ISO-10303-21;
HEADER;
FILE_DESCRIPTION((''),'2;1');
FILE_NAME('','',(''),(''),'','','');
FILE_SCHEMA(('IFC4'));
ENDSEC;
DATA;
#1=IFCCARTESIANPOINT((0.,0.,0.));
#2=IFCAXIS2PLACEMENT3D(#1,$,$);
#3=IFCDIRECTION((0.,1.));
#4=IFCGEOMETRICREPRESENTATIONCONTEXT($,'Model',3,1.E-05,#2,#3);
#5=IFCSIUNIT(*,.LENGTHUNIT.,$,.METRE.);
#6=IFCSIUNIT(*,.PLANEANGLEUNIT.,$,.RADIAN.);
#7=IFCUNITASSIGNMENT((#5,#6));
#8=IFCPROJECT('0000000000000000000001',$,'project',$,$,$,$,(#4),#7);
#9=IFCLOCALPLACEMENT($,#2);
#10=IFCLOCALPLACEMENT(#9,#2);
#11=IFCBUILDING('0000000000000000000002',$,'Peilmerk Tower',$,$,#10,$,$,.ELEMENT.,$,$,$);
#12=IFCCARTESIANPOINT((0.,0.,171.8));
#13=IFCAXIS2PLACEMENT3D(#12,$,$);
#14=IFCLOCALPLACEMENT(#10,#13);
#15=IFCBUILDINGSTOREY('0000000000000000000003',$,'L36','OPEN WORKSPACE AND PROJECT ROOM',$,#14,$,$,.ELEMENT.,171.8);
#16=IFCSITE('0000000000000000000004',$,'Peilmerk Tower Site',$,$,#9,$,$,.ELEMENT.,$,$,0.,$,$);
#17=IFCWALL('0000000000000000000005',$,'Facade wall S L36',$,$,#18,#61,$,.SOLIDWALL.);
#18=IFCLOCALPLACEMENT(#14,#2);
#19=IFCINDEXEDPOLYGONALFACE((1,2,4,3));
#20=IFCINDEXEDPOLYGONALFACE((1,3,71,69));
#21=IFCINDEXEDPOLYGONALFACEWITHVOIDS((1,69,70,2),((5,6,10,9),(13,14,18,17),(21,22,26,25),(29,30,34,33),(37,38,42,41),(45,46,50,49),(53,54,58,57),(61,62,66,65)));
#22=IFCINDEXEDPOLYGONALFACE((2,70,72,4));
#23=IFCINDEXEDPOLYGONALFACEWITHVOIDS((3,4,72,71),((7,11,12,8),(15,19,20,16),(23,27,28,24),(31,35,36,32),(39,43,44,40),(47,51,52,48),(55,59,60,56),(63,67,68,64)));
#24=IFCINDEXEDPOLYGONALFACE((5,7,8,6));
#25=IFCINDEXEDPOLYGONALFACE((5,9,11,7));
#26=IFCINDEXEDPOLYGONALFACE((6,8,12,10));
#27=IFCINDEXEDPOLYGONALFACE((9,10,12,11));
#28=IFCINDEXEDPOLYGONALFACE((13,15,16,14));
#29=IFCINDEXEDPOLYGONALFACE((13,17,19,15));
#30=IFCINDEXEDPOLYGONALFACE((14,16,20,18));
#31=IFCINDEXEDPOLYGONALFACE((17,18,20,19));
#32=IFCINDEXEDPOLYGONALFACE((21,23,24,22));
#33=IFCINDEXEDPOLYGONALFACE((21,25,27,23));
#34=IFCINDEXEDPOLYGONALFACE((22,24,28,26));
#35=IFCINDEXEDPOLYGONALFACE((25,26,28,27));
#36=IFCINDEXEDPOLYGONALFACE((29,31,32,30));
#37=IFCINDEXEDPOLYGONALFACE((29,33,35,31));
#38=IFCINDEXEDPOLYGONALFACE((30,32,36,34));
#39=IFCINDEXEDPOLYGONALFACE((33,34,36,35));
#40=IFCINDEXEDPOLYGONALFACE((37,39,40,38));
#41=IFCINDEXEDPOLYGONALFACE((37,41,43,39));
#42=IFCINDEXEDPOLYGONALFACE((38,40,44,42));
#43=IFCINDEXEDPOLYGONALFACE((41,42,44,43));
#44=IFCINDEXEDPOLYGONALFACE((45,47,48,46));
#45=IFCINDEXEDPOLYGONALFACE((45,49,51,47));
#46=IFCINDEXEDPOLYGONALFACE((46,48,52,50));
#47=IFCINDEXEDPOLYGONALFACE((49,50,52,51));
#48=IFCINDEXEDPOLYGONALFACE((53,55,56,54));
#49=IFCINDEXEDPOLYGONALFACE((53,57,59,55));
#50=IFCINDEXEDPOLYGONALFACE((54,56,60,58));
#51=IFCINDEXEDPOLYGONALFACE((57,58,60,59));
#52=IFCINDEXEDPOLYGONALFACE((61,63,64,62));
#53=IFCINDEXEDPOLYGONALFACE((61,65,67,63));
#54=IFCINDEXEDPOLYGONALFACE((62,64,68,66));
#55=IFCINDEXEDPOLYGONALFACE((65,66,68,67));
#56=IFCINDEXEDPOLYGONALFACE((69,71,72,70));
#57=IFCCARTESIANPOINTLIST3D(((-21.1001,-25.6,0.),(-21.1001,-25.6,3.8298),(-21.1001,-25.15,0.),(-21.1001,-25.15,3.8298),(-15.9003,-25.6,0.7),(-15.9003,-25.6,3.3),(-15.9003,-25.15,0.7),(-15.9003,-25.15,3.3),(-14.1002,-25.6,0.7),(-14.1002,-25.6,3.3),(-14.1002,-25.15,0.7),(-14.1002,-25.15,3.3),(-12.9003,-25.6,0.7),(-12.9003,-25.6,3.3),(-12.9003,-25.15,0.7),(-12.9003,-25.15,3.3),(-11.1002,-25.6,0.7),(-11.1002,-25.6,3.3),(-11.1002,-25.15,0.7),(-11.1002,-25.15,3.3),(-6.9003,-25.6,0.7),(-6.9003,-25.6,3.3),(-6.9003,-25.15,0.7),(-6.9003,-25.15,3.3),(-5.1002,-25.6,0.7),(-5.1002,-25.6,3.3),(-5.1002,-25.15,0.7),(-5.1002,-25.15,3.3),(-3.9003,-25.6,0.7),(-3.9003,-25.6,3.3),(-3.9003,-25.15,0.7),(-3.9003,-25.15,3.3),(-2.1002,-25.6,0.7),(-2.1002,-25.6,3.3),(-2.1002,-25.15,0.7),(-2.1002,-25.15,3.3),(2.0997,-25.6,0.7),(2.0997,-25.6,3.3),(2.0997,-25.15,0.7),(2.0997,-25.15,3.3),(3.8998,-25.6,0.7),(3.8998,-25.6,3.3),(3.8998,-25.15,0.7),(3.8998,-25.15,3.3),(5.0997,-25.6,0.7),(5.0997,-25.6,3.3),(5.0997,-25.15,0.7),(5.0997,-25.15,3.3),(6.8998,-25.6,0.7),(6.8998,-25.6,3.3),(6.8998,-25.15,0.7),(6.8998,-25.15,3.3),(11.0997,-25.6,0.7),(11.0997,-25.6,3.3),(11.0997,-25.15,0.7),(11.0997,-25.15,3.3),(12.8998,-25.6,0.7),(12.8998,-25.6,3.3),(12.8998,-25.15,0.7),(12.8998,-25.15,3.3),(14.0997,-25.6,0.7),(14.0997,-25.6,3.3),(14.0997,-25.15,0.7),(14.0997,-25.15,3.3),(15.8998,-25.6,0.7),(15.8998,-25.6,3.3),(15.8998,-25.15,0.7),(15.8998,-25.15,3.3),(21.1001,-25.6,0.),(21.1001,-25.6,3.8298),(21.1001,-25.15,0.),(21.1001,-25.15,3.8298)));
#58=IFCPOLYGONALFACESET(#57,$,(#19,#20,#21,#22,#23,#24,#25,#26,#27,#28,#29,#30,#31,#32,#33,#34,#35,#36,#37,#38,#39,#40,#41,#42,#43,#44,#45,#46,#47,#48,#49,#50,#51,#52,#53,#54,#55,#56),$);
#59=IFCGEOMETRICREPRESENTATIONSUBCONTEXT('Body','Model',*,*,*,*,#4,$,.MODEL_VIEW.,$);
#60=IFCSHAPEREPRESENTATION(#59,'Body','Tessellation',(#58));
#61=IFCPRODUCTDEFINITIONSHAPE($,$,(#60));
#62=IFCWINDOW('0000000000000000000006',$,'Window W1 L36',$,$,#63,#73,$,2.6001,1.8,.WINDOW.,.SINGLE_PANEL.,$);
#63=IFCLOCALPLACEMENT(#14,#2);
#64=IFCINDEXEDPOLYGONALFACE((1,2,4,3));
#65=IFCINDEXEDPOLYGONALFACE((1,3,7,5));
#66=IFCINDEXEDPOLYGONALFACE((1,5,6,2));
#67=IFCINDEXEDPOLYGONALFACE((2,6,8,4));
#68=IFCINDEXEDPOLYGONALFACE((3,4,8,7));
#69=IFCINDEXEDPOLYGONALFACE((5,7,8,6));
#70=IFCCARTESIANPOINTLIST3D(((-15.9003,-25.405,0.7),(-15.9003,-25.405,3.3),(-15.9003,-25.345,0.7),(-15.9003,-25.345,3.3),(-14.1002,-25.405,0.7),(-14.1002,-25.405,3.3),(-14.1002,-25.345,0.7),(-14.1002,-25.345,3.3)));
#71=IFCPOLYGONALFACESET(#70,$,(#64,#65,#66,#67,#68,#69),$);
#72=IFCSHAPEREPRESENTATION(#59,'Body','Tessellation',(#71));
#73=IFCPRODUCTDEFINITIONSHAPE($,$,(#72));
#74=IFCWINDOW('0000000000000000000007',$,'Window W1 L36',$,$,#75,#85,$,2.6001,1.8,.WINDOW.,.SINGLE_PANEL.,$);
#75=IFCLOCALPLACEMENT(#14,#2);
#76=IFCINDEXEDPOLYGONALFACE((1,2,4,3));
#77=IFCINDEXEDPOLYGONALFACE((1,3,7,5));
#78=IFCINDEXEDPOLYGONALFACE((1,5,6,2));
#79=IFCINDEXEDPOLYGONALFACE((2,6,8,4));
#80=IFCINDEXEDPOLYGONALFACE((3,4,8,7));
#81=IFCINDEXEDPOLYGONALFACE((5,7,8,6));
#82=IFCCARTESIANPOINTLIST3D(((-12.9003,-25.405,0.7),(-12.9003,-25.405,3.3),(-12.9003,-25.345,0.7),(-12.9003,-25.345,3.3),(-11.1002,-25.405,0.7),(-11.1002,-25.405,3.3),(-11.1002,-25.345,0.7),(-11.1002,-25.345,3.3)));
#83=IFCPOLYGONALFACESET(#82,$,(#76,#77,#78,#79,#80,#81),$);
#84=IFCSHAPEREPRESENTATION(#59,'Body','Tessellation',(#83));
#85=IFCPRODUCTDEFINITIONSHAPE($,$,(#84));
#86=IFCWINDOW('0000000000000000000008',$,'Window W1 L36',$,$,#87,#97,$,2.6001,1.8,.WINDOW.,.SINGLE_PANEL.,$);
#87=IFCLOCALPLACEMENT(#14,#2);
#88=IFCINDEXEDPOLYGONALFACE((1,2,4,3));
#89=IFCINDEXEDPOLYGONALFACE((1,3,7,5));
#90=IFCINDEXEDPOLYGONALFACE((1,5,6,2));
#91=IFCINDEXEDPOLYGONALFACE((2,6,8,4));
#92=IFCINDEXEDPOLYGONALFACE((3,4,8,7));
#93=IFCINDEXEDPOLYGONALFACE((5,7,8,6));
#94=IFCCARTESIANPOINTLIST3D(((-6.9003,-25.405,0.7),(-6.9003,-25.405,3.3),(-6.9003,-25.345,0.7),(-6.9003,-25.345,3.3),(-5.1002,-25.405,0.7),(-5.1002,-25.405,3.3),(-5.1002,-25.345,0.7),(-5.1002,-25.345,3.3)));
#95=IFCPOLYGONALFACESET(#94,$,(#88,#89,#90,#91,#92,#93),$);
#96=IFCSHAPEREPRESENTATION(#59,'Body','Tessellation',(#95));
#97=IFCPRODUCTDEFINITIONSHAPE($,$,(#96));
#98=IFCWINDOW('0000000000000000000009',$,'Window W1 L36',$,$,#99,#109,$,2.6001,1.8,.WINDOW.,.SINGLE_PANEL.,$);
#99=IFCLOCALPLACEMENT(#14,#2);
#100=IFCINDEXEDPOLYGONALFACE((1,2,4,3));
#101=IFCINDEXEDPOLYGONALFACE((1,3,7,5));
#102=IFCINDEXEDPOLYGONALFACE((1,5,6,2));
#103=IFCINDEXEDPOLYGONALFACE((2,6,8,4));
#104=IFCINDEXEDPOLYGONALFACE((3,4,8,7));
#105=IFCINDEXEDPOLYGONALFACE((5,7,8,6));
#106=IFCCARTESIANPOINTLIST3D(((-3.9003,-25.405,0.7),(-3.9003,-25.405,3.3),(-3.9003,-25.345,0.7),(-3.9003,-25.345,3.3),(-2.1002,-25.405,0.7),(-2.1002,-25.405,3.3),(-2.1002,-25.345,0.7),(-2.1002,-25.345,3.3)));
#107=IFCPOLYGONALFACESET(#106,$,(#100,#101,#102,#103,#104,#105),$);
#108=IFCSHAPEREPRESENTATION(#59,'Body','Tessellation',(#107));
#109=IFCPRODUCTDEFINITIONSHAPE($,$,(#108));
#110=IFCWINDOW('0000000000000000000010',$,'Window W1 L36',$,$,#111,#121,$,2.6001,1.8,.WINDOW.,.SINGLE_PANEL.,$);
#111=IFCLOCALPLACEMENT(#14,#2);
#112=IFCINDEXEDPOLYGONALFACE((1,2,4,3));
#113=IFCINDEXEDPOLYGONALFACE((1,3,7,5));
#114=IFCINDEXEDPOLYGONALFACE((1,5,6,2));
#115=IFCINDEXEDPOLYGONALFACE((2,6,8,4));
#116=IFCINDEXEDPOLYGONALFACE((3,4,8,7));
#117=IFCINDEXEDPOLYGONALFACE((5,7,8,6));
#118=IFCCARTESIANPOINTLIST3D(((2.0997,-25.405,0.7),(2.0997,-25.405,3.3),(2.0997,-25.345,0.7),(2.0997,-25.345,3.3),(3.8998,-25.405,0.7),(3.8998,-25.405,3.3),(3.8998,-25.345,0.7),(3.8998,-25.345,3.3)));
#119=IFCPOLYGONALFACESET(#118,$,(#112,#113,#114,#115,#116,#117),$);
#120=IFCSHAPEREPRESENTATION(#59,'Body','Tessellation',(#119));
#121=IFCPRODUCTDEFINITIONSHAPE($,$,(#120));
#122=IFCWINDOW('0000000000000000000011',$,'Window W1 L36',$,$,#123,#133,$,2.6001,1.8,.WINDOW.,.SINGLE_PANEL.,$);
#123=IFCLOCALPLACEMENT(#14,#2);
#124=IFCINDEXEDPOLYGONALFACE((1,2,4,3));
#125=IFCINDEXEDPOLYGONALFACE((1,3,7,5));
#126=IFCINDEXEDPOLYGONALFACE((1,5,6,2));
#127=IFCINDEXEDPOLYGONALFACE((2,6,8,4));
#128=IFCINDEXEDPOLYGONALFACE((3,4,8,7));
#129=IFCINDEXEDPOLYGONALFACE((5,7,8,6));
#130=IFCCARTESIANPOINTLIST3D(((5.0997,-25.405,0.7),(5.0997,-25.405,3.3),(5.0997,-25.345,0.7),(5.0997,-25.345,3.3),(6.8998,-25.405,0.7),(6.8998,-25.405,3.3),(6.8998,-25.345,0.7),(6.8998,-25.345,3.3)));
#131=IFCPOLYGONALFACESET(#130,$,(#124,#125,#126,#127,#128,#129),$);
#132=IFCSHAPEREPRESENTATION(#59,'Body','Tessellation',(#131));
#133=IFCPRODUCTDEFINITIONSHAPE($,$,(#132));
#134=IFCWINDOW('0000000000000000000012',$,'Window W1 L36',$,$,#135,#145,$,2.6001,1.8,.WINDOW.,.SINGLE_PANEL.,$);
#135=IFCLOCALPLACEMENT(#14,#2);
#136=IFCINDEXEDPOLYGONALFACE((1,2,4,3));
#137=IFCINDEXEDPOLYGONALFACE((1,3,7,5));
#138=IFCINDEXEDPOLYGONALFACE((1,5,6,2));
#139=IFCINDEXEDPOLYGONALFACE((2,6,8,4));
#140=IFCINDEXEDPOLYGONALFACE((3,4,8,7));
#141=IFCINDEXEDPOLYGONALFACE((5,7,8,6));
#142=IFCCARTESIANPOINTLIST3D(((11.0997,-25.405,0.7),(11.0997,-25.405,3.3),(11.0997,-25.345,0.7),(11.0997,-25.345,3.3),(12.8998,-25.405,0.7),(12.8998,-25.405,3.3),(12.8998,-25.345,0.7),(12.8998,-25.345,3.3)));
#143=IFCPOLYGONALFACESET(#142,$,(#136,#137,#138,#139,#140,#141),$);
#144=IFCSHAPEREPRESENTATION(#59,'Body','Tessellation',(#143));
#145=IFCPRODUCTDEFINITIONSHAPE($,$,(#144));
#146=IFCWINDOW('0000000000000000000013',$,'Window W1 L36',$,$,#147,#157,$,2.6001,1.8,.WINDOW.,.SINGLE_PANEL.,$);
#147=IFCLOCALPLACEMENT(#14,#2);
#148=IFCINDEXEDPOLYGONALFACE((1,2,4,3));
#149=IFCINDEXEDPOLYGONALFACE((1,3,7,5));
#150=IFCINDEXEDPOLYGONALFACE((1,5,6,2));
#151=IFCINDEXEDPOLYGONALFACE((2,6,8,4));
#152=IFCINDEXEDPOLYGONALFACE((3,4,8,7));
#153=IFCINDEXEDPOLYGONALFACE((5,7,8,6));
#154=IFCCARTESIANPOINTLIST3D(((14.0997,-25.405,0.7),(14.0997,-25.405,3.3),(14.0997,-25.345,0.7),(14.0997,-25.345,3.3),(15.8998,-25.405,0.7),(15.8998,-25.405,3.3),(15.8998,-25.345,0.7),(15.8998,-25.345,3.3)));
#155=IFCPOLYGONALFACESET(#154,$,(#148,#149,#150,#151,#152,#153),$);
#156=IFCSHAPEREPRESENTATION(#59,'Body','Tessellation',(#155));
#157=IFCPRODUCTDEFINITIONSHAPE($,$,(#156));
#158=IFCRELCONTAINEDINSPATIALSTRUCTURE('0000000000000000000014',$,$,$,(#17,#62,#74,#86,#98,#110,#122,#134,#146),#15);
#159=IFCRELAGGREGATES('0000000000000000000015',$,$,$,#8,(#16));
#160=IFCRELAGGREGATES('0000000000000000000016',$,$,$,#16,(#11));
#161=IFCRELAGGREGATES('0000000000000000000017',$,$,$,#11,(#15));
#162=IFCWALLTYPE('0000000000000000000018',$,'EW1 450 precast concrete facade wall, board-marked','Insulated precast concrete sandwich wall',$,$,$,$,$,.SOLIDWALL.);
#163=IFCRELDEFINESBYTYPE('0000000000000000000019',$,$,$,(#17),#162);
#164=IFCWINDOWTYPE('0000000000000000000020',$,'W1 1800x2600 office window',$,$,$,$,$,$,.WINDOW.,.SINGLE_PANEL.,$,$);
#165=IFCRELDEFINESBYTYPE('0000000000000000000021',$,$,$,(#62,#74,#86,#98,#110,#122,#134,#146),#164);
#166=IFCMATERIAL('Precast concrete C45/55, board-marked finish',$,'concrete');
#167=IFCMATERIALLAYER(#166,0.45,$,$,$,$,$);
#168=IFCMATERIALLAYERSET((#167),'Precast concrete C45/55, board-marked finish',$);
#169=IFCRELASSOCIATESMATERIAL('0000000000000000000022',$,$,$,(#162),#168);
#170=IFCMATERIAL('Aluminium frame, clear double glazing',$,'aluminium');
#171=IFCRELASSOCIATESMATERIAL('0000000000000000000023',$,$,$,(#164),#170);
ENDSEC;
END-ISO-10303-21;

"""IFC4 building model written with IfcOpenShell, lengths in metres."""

from ifc_helpers import new_model, si_unit, direction, frame, frame_2d, origin, place, context, subcontext, project, spatial, rectangle, extrude, material, layer, layer_set, type_object, element, fill, save


model = new_model("IFC4")

# Units and contexts
model_context = context("Model", 3, precision=1e-05, world=origin(), true_north=direction((0.0, 1.0)))
body_context = subcontext(model_context, "Body", "Model", "MODEL_VIEW")
ifc_project = project(units=[si_unit("LENGTHUNIT", "METRE"), si_unit("PLANEANGLEUNIT", "RADIAN")], contexts=[model_context])

# Site, building, storey
site_placement = place(None, origin())
site = spatial("IfcSite", under=ifc_project, at=site_placement, Name="Peilmerk Tower Site", CompositionType="ELEMENT", RefElevation=0.0)
building_placement = place(site_placement, origin())
building = spatial("IfcBuilding", under=site, at=building_placement, Name="Peilmerk Tower", CompositionType="ELEMENT")
storey_placement = place(building_placement, frame((0.0, 0.0, 171.8)))
storey = spatial("IfcBuildingStorey", under=building, at=storey_placement, Name="L36", Description="OPEN WORKSPACE AND PROJECT ROOM", CompositionType="ELEMENT", Elevation=171.8)

# Wall, openings, windows
ifc_material_1 = material(Name="Precast concrete C45/55, board-marked finish", Category="concrete")
ifc_layer_1 = layer(ifc_material_1, 0.45)
ifc_layer_set_1 = layer_set([ifc_layer_1], Name="Precast concrete C45/55, board-marked finish")
wall_type = type_object("IfcWallType", Name="EW1 450 precast concrete facade wall, board-marked", Description="Insulated precast concrete sandwich wall", PredefinedType="SOLIDWALL", material=ifc_layer_set_1)
wall_placement = place(storey_placement, frame((-21.1001, -25.375, 0.0), z_axis=(0.0, 0.0, 1.0), x_axis=(1.0, 0.0, 0.0)))
wall = element("IfcWall", 1, at=wall_placement, inside=storey, type_object=wall_type, Name="Facade wall S L36", PredefinedType="SOLIDWALL", context=body_context, shape_type="SweptSolid", body=[
    extrude(rectangle(XDim=42.2002, YDim=0.45, at=frame_2d((21.1001, 0.0))), origin(), (0.0, 0.0, 1.0), 3.8298),
])
opening_1_placement = place(wall_placement, frame((5.2, 0.0, 0.7)))
opening_1 = element("IfcOpeningElement", 2, at=opening_1_placement, cuts=wall, PredefinedType="OPENING", context=body_context, shape_type="SweptSolid", body=[
    extrude(rectangle(XDim=1.8, YDim=2.6001, at=frame_2d((0.8999, 1.3))), frame((0.0, 0.2349, 0.0), z_axis=(0.0, -1.0, 0.0), x_axis=(1.0, 0.0, 0.0)), (0.0, 0.0, 1.0), 0.47),
])
opening_2_placement = place(wall_placement, frame((8.2, 0.0, 0.7)))
opening_2 = element("IfcOpeningElement", 3, at=opening_2_placement, cuts=wall, PredefinedType="OPENING", context=body_context, shape_type="SweptSolid", body=[
    extrude(rectangle(XDim=1.8, YDim=2.6001, at=frame_2d((0.8999, 1.3))), frame((0.0, 0.2349, 0.0), z_axis=(0.0, -1.0, 0.0), x_axis=(1.0, 0.0, 0.0)), (0.0, 0.0, 1.0), 0.47),
])
opening_3_placement = place(wall_placement, frame((14.2, 0.0, 0.7)))
opening_3 = element("IfcOpeningElement", 4, at=opening_3_placement, cuts=wall, PredefinedType="OPENING", context=body_context, shape_type="SweptSolid", body=[
    extrude(rectangle(XDim=1.8, YDim=2.6001, at=frame_2d((0.8999, 1.3))), frame((0.0, 0.2349, 0.0), z_axis=(0.0, -1.0, 0.0), x_axis=(1.0, 0.0, 0.0)), (0.0, 0.0, 1.0), 0.47),
])
opening_4_placement = place(wall_placement, frame((17.2, 0.0, 0.7)))
opening_4 = element("IfcOpeningElement", 5, at=opening_4_placement, cuts=wall, PredefinedType="OPENING", context=body_context, shape_type="SweptSolid", body=[
    extrude(rectangle(XDim=1.8, YDim=2.6001, at=frame_2d((0.8999, 1.3))), frame((0.0, 0.2349, 0.0), z_axis=(0.0, -1.0, 0.0), x_axis=(1.0, 0.0, 0.0)), (0.0, 0.0, 1.0), 0.47),
])
opening_5_placement = place(wall_placement, frame((23.2, 0.0, 0.7)))
opening_5 = element("IfcOpeningElement", 6, at=opening_5_placement, cuts=wall, PredefinedType="OPENING", context=body_context, shape_type="SweptSolid", body=[
    extrude(rectangle(XDim=1.8, YDim=2.6001, at=frame_2d((0.8999, 1.3))), frame((0.0, 0.2349, 0.0), z_axis=(0.0, -1.0, 0.0), x_axis=(1.0, 0.0, 0.0)), (0.0, 0.0, 1.0), 0.47),
])
opening_6_placement = place(wall_placement, frame((26.2, 0.0, 0.7)))
opening_6 = element("IfcOpeningElement", 7, at=opening_6_placement, cuts=wall, PredefinedType="OPENING", context=body_context, shape_type="SweptSolid", body=[
    extrude(rectangle(XDim=1.8, YDim=2.6001, at=frame_2d((0.8999, 1.3))), frame((0.0, 0.2349, 0.0), z_axis=(0.0, -1.0, 0.0), x_axis=(1.0, 0.0, 0.0)), (0.0, 0.0, 1.0), 0.47),
])
opening_7_placement = place(wall_placement, frame((32.2, 0.0, 0.7)))
opening_7 = element("IfcOpeningElement", 8, at=opening_7_placement, cuts=wall, PredefinedType="OPENING", context=body_context, shape_type="SweptSolid", body=[
    extrude(rectangle(XDim=1.8, YDim=2.6001, at=frame_2d((0.8999, 1.3))), frame((0.0, 0.2349, 0.0), z_axis=(0.0, -1.0, 0.0), x_axis=(1.0, 0.0, 0.0)), (0.0, 0.0, 1.0), 0.47),
])
opening_8_placement = place(wall_placement, frame((35.2, 0.0, 0.7)))
opening_8 = element("IfcOpeningElement", 9, at=opening_8_placement, cuts=wall, PredefinedType="OPENING", context=body_context, shape_type="SweptSolid", body=[
    extrude(rectangle(XDim=1.8, YDim=2.6001, at=frame_2d((0.8999, 1.3))), frame((0.0, 0.2349, 0.0), z_axis=(0.0, -1.0, 0.0), x_axis=(1.0, 0.0, 0.0)), (0.0, 0.0, 1.0), 0.47),
])
ifc_material_2 = material(Name="Aluminium frame, clear double glazing", Category="aluminium")
window_type = type_object("IfcWindowType", Name="W1 1800x2600 office window", PartitioningType="SINGLE_PANEL", PredefinedType="WINDOW", material=ifc_material_2)
window_1_placement = place(opening_1_placement, origin())
window_1 = element("IfcWindow", 10, at=window_1_placement, inside=storey, type_object=window_type, Name="Window W1 L36", OverallHeight=2.6001, OverallWidth=1.8, PartitioningType="SINGLE_PANEL", PredefinedType="WINDOW", context=body_context, shape_type="SweptSolid", body=[
    extrude(rectangle(XDim=1.8, YDim=2.6001, at=frame_2d((0.8999, 1.3))), frame((0.0, 0.03, 0.0), z_axis=(0.0, -1.0, 0.0), x_axis=(1.0, 0.0, 0.0)), (0.0, 0.0, 1.0), 0.0601),
])
fill(opening_1, window_1)
window_2_placement = place(opening_2_placement, origin())
window_2 = element("IfcWindow", 11, at=window_2_placement, inside=storey, type_object=window_type, Name="Window W1 L36", OverallHeight=2.6001, OverallWidth=1.8, PartitioningType="SINGLE_PANEL", PredefinedType="WINDOW", context=body_context, shape_type="SweptSolid", body=[
    extrude(rectangle(XDim=1.8, YDim=2.6001, at=frame_2d((0.8999, 1.3))), frame((0.0, 0.03, 0.0), z_axis=(0.0, -1.0, 0.0), x_axis=(1.0, 0.0, 0.0)), (0.0, 0.0, 1.0), 0.0601),
])
fill(opening_2, window_2)
window_3_placement = place(opening_3_placement, origin())
window_3 = element("IfcWindow", 12, at=window_3_placement, inside=storey, type_object=window_type, Name="Window W1 L36", OverallHeight=2.6001, OverallWidth=1.8, PartitioningType="SINGLE_PANEL", PredefinedType="WINDOW", context=body_context, shape_type="SweptSolid", body=[
    extrude(rectangle(XDim=1.8, YDim=2.6001, at=frame_2d((0.8999, 1.3))), frame((0.0, 0.03, 0.0), z_axis=(0.0, -1.0, 0.0), x_axis=(1.0, 0.0, 0.0)), (0.0, 0.0, 1.0), 0.0601),
])
fill(opening_3, window_3)
window_4_placement = place(opening_4_placement, origin())
window_4 = element("IfcWindow", 13, at=window_4_placement, inside=storey, type_object=window_type, Name="Window W1 L36", OverallHeight=2.6001, OverallWidth=1.8, PartitioningType="SINGLE_PANEL", PredefinedType="WINDOW", context=body_context, shape_type="SweptSolid", body=[
    extrude(rectangle(XDim=1.8, YDim=2.6001, at=frame_2d((0.8999, 1.3))), frame((0.0, 0.03, 0.0), z_axis=(0.0, -1.0, 0.0), x_axis=(1.0, 0.0, 0.0)), (0.0, 0.0, 1.0), 0.0601),
])
fill(opening_4, window_4)
window_5_placement = place(opening_5_placement, origin())
window_5 = element("IfcWindow", 14, at=window_5_placement, inside=storey, type_object=window_type, Name="Window W1 L36", OverallHeight=2.6001, OverallWidth=1.8, PartitioningType="SINGLE_PANEL", PredefinedType="WINDOW", context=body_context, shape_type="SweptSolid", body=[
    extrude(rectangle(XDim=1.8, YDim=2.6001, at=frame_2d((0.8999, 1.3))), frame((0.0, 0.03, 0.0), z_axis=(0.0, -1.0, 0.0), x_axis=(1.0, 0.0, 0.0)), (0.0, 0.0, 1.0), 0.0601),
])
fill(opening_5, window_5)
window_6_placement = place(opening_6_placement, origin())
window_6 = element("IfcWindow", 15, at=window_6_placement, inside=storey, type_object=window_type, Name="Window W1 L36", OverallHeight=2.6001, OverallWidth=1.8, PartitioningType="SINGLE_PANEL", PredefinedType="WINDOW", context=body_context, shape_type="SweptSolid", body=[
    extrude(rectangle(XDim=1.8, YDim=2.6001, at=frame_2d((0.8999, 1.3))), frame((0.0, 0.03, 0.0), z_axis=(0.0, -1.0, 0.0), x_axis=(1.0, 0.0, 0.0)), (0.0, 0.0, 1.0), 0.0601),
])
fill(opening_6, window_6)
window_7_placement = place(opening_7_placement, origin())
window_7 = element("IfcWindow", 16, at=window_7_placement, inside=storey, type_object=window_type, Name="Window W1 L36", OverallHeight=2.6001, OverallWidth=1.8, PartitioningType="SINGLE_PANEL", PredefinedType="WINDOW", context=body_context, shape_type="SweptSolid", body=[
    extrude(rectangle(XDim=1.8, YDim=2.6001, at=frame_2d((0.8999, 1.3))), frame((0.0, 0.03, 0.0), z_axis=(0.0, -1.0, 0.0), x_axis=(1.0, 0.0, 0.0)), (0.0, 0.0, 1.0), 0.0601),
])
fill(opening_7, window_7)
window_8_placement = place(opening_8_placement, origin())
window_8 = element("IfcWindow", 17, at=window_8_placement, inside=storey, type_object=window_type, Name="Window W1 L36", OverallHeight=2.6001, OverallWidth=1.8, PartitioningType="SINGLE_PANEL", PredefinedType="WINDOW", context=body_context, shape_type="SweptSolid", body=[
    extrude(rectangle(XDim=1.8, YDim=2.6001, at=frame_2d((0.8999, 1.3))), frame((0.0, 0.03, 0.0), z_axis=(0.0, -1.0, 0.0), x_axis=(1.0, 0.0, 0.0)), (0.0, 0.0, 1.0), 0.0601),
])
fill(opening_8, window_8)

save(model, "model.ifc")
